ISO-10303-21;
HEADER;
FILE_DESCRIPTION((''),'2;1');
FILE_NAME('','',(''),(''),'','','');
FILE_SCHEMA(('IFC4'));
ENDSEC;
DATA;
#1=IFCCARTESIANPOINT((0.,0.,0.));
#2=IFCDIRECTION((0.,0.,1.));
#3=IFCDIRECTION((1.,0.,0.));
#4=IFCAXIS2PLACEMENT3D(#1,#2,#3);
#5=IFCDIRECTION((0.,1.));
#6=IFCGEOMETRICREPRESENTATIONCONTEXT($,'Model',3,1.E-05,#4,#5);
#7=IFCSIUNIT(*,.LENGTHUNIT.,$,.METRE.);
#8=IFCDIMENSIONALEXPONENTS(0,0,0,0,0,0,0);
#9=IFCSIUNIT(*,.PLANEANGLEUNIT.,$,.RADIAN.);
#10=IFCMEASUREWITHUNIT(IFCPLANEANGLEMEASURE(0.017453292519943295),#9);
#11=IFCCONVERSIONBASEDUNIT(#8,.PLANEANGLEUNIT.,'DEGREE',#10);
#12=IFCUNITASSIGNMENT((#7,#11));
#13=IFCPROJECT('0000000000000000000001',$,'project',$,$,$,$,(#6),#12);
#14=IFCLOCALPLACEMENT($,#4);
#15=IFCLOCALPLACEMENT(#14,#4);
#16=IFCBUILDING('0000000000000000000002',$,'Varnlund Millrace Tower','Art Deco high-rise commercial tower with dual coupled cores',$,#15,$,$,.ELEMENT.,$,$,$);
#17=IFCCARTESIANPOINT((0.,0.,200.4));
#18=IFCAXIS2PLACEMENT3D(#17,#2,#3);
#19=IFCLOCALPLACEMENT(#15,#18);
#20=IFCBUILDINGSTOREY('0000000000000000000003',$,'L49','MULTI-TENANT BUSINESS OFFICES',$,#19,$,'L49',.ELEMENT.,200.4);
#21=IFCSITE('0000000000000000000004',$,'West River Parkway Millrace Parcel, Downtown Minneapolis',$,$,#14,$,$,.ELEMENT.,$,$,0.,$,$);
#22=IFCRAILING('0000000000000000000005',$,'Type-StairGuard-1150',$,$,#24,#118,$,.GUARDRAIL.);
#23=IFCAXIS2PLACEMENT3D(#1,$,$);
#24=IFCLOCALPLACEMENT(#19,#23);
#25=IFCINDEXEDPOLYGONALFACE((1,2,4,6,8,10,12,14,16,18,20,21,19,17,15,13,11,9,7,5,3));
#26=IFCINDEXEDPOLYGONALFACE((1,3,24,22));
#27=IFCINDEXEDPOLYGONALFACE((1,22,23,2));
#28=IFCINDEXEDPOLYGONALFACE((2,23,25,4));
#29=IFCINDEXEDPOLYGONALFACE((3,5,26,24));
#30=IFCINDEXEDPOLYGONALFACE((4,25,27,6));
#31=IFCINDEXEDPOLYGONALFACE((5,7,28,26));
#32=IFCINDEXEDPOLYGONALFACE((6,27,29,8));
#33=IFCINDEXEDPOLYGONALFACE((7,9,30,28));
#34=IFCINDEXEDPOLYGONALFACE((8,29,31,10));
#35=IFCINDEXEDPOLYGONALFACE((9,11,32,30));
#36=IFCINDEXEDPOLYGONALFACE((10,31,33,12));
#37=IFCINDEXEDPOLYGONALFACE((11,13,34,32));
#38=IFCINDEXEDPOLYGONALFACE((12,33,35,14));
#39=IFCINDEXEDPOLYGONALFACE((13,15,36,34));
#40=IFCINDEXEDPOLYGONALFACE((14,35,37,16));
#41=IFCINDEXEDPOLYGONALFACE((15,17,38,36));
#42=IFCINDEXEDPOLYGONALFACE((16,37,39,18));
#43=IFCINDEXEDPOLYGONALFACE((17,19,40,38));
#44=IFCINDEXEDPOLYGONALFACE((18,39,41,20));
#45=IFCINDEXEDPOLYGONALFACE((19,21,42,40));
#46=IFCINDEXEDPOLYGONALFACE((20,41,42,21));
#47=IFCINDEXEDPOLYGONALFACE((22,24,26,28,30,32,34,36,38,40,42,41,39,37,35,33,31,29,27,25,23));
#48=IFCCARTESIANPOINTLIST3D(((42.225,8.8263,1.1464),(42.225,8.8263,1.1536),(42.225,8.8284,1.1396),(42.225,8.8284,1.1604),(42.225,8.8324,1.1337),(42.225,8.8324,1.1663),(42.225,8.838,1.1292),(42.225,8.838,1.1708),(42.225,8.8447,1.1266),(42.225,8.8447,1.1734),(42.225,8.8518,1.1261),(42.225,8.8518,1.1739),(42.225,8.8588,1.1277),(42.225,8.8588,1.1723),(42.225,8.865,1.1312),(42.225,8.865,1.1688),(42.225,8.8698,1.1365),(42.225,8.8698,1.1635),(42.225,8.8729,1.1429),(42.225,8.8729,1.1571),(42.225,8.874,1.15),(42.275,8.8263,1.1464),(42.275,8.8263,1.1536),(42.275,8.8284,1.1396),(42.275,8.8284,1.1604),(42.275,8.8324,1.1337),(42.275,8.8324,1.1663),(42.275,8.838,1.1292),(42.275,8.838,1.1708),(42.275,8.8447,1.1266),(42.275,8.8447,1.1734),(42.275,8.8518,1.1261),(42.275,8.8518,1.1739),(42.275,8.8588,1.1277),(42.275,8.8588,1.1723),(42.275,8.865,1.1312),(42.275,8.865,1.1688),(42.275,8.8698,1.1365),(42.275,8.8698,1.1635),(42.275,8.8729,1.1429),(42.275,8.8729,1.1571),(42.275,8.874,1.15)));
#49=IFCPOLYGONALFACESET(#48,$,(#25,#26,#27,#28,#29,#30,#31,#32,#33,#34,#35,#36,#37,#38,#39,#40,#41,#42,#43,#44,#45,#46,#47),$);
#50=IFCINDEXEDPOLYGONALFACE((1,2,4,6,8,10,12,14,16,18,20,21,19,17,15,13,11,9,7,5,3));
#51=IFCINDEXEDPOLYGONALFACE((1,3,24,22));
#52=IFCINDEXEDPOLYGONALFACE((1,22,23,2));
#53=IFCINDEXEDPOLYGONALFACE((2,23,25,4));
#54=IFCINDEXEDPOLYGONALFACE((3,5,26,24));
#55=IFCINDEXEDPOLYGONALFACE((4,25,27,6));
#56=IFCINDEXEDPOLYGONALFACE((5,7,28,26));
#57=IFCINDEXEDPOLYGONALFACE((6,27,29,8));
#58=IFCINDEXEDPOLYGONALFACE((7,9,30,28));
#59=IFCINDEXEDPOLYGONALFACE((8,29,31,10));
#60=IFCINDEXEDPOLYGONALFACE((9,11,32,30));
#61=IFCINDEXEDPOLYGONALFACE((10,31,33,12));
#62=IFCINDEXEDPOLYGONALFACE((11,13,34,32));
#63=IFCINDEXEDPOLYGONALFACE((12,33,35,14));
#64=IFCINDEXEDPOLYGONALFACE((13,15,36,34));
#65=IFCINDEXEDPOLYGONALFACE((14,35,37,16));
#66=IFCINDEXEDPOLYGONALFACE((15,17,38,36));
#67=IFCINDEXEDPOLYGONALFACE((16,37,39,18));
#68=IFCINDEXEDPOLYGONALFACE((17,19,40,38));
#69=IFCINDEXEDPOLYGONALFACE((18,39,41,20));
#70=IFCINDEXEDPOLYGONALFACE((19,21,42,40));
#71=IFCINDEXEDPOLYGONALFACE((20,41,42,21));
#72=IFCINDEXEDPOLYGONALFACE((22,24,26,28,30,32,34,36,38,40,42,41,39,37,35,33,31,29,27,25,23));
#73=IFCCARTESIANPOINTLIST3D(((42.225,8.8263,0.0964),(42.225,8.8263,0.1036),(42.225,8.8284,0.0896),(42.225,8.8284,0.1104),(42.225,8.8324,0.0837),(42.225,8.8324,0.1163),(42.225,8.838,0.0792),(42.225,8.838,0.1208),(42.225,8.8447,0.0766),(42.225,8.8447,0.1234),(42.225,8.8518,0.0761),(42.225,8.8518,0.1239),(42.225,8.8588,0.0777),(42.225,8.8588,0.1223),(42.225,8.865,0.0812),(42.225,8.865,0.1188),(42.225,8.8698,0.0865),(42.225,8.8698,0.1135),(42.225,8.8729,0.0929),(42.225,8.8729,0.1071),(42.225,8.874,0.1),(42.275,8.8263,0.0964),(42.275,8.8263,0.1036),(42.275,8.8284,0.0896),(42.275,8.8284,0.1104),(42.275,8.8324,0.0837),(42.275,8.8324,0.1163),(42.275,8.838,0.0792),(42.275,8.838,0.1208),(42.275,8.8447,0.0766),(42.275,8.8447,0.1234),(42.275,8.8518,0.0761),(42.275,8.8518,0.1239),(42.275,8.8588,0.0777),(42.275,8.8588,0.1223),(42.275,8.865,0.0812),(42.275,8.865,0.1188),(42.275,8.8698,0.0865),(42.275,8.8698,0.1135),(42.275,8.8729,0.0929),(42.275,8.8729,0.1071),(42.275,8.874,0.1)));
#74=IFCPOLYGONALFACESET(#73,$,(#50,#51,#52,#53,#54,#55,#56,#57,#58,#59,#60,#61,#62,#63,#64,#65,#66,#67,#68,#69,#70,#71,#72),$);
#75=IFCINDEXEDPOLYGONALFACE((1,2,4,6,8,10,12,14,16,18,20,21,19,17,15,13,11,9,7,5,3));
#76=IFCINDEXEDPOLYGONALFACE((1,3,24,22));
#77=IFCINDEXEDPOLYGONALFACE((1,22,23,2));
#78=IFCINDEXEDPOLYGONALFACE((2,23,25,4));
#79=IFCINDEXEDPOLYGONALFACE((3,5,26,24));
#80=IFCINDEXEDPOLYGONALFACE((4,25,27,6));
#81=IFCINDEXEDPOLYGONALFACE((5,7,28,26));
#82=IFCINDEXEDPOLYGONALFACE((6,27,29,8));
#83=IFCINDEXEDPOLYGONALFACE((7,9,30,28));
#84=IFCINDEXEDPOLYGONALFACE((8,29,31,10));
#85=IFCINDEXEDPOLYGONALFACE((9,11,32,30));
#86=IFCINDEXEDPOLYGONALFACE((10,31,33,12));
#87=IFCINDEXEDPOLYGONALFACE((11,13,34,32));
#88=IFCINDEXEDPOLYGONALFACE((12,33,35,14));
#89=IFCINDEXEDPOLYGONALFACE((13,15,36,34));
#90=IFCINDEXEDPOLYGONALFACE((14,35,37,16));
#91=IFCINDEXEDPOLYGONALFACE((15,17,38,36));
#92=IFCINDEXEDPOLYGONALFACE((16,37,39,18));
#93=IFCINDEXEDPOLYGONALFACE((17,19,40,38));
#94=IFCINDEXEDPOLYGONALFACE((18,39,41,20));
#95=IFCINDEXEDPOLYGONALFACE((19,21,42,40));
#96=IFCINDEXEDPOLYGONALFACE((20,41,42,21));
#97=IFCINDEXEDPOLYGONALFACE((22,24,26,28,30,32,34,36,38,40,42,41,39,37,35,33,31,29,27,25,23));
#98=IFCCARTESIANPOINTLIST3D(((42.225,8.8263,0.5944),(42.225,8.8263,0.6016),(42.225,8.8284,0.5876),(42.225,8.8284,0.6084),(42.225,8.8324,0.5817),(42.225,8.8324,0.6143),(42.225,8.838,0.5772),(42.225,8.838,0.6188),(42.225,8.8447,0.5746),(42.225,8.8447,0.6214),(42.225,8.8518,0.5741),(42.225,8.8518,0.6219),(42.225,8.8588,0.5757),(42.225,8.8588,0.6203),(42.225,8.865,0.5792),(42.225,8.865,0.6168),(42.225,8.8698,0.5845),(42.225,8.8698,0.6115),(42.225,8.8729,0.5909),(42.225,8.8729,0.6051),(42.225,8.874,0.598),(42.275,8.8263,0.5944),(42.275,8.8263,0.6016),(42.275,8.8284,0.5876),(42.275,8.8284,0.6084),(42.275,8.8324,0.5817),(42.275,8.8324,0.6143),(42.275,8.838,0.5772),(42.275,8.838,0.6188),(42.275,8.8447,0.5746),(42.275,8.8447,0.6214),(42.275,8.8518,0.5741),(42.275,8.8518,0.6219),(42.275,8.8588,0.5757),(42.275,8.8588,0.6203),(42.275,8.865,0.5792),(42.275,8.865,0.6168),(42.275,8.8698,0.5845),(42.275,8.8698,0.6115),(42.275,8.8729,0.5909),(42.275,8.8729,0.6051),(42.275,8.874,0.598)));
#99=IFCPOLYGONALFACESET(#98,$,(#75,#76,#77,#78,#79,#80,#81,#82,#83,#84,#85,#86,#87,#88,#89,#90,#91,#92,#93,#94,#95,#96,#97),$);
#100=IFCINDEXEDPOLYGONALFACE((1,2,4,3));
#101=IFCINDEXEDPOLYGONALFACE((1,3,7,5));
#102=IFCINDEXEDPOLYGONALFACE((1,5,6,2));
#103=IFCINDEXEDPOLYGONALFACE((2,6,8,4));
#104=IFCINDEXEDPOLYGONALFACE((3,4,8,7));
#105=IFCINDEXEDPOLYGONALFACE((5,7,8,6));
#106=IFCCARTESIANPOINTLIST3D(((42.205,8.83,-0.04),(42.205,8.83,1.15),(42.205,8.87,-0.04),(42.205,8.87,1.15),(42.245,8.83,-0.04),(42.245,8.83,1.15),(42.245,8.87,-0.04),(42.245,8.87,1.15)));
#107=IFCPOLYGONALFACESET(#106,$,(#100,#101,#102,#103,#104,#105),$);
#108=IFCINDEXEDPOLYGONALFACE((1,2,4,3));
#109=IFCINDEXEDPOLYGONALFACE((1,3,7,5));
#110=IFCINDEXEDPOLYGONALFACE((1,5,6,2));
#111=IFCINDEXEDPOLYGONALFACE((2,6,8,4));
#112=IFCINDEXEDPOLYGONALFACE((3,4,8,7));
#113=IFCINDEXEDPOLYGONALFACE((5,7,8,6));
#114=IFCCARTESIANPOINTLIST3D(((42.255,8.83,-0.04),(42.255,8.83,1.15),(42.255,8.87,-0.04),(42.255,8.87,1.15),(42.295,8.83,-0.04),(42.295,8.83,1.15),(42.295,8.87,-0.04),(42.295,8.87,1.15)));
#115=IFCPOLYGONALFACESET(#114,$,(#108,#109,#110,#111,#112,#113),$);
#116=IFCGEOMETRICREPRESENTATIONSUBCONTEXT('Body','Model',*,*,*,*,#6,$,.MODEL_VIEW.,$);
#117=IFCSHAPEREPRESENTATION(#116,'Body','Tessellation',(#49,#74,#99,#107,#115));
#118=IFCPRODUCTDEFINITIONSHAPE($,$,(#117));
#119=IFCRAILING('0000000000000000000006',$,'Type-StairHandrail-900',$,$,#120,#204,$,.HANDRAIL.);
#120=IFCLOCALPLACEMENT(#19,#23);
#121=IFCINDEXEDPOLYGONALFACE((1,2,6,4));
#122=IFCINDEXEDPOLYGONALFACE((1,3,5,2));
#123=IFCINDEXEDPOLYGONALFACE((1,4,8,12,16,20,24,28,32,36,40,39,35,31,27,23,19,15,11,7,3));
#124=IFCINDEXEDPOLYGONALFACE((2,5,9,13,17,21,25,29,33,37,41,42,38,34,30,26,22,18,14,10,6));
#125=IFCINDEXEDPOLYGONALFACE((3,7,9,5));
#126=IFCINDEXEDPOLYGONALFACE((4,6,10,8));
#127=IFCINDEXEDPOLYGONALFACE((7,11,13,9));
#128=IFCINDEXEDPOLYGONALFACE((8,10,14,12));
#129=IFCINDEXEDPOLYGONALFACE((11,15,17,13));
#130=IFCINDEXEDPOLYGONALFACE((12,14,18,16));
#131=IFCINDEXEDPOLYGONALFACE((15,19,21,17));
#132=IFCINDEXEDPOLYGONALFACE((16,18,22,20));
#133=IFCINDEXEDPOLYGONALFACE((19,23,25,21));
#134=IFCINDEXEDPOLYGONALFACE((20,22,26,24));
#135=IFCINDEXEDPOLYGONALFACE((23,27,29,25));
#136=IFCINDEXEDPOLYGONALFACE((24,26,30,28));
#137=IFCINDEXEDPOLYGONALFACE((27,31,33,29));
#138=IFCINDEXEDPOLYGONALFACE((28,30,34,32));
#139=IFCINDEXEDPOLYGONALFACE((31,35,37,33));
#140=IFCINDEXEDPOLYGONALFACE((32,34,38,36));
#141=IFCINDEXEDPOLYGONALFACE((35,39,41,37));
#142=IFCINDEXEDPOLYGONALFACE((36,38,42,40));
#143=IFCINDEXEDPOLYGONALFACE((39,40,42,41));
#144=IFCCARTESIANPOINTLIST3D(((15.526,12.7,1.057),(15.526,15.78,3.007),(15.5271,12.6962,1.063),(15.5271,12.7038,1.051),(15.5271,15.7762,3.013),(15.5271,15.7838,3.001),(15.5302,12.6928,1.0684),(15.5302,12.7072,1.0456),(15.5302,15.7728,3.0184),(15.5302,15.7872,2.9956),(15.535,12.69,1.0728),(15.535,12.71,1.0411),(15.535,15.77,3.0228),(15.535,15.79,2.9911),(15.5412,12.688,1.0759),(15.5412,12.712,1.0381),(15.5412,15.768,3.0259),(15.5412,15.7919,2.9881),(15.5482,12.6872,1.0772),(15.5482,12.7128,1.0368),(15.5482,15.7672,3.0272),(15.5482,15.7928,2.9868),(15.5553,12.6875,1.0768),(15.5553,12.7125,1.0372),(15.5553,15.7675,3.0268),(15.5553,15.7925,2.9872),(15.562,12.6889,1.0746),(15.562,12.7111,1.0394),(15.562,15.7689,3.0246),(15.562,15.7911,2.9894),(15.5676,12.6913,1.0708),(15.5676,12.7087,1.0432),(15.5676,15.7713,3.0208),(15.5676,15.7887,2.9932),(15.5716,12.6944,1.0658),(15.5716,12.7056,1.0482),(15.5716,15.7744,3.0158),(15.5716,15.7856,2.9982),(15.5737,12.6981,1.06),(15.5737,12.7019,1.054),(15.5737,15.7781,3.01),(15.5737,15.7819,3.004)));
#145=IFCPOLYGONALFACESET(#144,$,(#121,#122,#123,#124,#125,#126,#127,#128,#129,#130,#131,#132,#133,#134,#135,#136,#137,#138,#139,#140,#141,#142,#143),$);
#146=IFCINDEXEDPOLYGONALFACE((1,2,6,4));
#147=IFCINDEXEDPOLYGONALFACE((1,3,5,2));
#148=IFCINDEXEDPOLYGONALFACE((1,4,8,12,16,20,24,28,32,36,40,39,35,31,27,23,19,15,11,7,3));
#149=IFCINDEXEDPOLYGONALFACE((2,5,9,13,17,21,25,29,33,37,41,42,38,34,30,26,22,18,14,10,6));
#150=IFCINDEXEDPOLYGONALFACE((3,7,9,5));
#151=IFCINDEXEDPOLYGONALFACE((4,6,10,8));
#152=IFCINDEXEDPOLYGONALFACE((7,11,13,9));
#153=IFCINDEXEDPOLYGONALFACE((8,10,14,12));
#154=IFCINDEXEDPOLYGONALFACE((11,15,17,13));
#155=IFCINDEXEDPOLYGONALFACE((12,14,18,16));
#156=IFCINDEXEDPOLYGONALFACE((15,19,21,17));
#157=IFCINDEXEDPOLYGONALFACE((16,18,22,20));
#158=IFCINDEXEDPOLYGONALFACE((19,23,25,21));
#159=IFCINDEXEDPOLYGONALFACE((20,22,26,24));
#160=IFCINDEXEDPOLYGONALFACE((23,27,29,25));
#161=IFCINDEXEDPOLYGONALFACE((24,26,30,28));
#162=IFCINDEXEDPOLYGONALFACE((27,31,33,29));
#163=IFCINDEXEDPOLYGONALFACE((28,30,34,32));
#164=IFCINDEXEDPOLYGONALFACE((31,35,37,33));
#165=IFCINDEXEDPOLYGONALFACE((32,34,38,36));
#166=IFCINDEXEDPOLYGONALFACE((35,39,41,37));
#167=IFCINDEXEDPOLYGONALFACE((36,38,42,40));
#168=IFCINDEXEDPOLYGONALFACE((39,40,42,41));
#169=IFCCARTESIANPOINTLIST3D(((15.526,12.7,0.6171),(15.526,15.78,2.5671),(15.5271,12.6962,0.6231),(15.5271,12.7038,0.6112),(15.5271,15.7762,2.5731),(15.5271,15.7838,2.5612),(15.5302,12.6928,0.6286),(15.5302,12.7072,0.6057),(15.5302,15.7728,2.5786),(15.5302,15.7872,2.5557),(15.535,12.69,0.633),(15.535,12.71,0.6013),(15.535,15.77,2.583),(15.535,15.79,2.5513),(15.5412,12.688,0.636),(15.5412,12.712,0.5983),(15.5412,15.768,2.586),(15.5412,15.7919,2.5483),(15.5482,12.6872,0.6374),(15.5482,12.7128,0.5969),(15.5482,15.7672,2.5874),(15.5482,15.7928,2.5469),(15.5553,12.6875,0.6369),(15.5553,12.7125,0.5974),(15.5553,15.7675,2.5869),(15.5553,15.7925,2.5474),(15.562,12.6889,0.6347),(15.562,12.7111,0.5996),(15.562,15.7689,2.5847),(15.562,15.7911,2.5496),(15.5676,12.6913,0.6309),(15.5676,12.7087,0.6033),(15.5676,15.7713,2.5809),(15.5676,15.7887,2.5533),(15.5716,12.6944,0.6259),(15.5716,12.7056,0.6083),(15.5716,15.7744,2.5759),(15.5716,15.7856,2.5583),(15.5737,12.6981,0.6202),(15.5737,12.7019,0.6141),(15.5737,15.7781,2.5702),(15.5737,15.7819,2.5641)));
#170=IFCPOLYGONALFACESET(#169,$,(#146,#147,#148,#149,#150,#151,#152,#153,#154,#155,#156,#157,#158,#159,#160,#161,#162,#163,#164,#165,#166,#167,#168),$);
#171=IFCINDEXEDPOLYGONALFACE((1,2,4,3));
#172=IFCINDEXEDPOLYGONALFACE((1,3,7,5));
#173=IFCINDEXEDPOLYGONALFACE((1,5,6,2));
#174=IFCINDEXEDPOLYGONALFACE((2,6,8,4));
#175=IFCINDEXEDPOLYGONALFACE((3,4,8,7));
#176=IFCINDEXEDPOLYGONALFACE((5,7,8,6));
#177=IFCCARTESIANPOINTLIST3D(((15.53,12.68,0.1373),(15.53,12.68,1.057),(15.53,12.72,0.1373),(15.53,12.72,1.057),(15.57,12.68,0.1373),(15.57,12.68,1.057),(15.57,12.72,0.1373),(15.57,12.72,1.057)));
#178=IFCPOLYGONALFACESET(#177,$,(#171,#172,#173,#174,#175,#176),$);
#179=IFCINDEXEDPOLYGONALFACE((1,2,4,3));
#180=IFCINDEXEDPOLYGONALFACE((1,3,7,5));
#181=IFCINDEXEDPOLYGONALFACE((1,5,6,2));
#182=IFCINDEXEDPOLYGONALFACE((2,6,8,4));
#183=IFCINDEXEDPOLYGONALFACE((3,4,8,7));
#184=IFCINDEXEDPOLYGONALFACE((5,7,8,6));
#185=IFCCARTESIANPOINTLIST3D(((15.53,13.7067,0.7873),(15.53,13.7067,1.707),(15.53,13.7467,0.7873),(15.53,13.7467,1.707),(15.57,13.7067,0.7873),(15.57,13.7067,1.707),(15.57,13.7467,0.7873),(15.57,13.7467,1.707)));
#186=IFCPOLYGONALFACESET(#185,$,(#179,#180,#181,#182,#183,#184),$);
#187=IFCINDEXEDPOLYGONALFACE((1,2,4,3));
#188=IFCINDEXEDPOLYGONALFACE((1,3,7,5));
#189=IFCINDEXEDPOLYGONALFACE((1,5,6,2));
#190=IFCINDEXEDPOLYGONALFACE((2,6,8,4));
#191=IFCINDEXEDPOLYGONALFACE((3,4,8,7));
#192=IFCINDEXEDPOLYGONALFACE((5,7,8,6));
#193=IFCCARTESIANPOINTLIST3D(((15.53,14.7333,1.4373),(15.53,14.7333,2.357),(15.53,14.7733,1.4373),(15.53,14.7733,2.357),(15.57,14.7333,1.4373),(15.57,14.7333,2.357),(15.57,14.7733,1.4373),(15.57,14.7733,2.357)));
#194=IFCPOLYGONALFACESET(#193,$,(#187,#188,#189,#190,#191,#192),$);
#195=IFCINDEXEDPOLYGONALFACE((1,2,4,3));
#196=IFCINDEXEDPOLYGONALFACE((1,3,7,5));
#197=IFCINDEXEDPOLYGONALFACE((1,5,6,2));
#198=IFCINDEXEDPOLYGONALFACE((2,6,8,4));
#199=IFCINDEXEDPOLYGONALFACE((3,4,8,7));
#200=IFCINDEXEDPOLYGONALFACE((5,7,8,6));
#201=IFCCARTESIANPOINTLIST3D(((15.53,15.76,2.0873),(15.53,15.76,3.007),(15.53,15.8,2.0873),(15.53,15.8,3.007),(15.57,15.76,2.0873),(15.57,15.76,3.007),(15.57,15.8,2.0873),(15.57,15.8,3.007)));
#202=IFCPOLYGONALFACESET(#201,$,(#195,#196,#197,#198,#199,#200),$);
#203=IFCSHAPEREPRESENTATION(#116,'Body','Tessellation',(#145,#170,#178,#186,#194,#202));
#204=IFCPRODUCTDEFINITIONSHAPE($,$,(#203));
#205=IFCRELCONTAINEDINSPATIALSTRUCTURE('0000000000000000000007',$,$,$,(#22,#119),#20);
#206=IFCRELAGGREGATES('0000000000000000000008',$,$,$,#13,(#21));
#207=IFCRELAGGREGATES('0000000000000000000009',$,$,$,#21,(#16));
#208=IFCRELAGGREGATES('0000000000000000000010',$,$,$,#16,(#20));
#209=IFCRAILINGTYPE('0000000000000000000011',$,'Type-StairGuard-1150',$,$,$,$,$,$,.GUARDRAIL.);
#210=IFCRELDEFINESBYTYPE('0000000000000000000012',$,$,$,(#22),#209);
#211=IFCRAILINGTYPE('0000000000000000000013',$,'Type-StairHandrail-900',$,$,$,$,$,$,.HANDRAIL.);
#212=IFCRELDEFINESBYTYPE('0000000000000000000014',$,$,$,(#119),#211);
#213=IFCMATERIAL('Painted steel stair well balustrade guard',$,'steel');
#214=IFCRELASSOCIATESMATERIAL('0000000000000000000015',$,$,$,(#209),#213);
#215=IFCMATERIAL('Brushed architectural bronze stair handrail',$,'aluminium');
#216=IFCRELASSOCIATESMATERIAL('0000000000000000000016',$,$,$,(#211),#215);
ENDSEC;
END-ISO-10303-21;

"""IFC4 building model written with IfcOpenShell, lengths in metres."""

from ifc_helpers import new_model, entity, si_unit, converted_unit, direction, frame, origin_with_axes, origin_2d_with_axis, place, context, subcontext, project, spatial, rectangle, circle, extrude, material, type_object, element, save


model = new_model("IFC4")

# Units and contexts
model_context = context("Model", 3, precision=1e-05, world=origin_with_axes(), true_north=direction((0.0, 1.0)))
body_context = subcontext(model_context, "Body", "Model", "MODEL_VIEW")
ifc_project = project(units=[si_unit("LENGTHUNIT", "METRE"), converted_unit("PLANEANGLEUNIT", "DEGREE", entity("IfcPlaneAngleMeasure", 0.017453292519943295), si_unit("PLANEANGLEUNIT", "RADIAN"), dimensions=[0, 0, 0, 0, 0, 0, 0])], contexts=[model_context])

# Site, building, storey
site_placement = place(None, origin_with_axes())
site = spatial("IfcSite", under=ifc_project, at=site_placement, Name="West River Parkway Millrace Parcel, Downtown Minneapolis", CompositionType="ELEMENT", RefElevation=0.0)
building_placement = place(site_placement, origin_with_axes())
building = spatial("IfcBuilding", under=site, at=building_placement, Name="Varnlund Millrace Tower", Description="Art Deco high-rise commercial tower with dual coupled cores", CompositionType="ELEMENT")
storey_placement = place(building_placement, frame((0.0, 0.0, 200.4), z_axis=(0.0, 0.0, 1.0), x_axis=(1.0, 0.0, 0.0)))
storey = spatial("IfcBuildingStorey", under=building, at=storey_placement, Name="L49", Description="MULTI-TENANT BUSINESS OFFICES", LongName="L49", CompositionType="ELEMENT", Elevation=200.4)

# Railings
ifc_material_1 = material(Name="Painted steel stair well balustrade guard", Category="steel")
railing_type_1 = type_object("IfcRailingType", Name="Type-StairGuard-1150", PredefinedType="GUARDRAIL", material=ifc_material_1)
railing_1_placement = place(storey_placement, frame((0.0, 0.0, -200.4), z_axis=(0.0, 0.0, 1.0), x_axis=(1.0, 0.0, 0.0)))
element("IfcRailing", 1, at=railing_1_placement, inside=storey, type_object=railing_type_1, Name="Type-StairGuard-1150", PredefinedType="GUARDRAIL", context=body_context, shape_type="SweptSolid", body=[
    extrude(circle(Radius=0.024, at=origin_2d_with_axis()), frame((42.225, 8.85, 201.55), z_axis=(1.0, 0.0, 0.0), x_axis=(0.0, 1.0, 0.0)), (0.0, 0.0, 1.0), 0.05),
    extrude(circle(Radius=0.024, at=origin_2d_with_axis()), frame((42.225, 8.85, 200.5), z_axis=(1.0, 0.0, 0.0), x_axis=(0.0, 1.0, 0.0)), (0.0, 0.0, 1.0), 0.05),
    extrude(circle(Radius=0.024, at=origin_2d_with_axis()), frame((42.225, 8.85, 200.998), z_axis=(1.0, 0.0, 0.0), x_axis=(0.0, 1.0, 0.0)), (0.0, 0.0, 1.0), 0.05),
    extrude(rectangle(XDim=0.04, YDim=0.04, at=origin_2d_with_axis()), frame((42.225, 8.85, 200.36), z_axis=(0.0, 0.0, 1.0), x_axis=(1.0, 0.0, 0.0)), (0.0, 0.0, 1.0), 1.19),
    extrude(rectangle(XDim=0.04, YDim=0.04, at=origin_2d_with_axis()), frame((42.275, 8.85, 200.36), z_axis=(0.0, 0.0, 1.0), x_axis=(1.0, 0.0, 0.0)), (0.0, 0.0, 1.0), 1.19),
])
ifc_material_2 = material(Name="Brushed architectural bronze stair handrail", Category="aluminium")
railing_type_2 = type_object("IfcRailingType", Name="Type-StairHandrail-900", PredefinedType="HANDRAIL", material=ifc_material_2)
railing_2_placement = place(storey_placement, frame((0.0, 0.0, -200.4), z_axis=(0.0, 0.0, 1.0), x_axis=(1.0, 0.0, 0.0)))
element("IfcRailing", 2, at=railing_2_placement, inside=storey, type_object=railing_type_2, Name="Type-StairHandrail-900", PredefinedType="HANDRAIL", context=body_context, shape_type="SweptSolid", body=[
    extrude(circle(Radius=0.024, at=origin_2d_with_axis()), frame((15.55, 12.7, 201.457), z_axis=(0.0, 0.844902, 0.534922), x_axis=(-1.0, 0.0, 0.0)), (0.0, 0.0, 1.0), 3.6454),
    extrude(circle(Radius=0.024, at=origin_2d_with_axis()), frame((15.55, 12.7, 201.0171), z_axis=(0.0, 0.844902, 0.534922), x_axis=(-1.0, 0.0, 0.0)), (0.0, 0.0, 1.0), 3.6454),
    extrude(rectangle(XDim=0.04, YDim=0.04, at=origin_2d_with_axis()), frame((15.55, 12.7, 200.5373), z_axis=(0.0, 0.0, 1.0), x_axis=(1.0, 0.0, 0.0)), (0.0, 0.0, 1.0), 0.9197),
    extrude(rectangle(XDim=0.04, YDim=0.04, at=origin_2d_with_axis()), frame((15.55, 13.7267, 201.1873), z_axis=(0.0, 0.0, 1.0), x_axis=(1.0, 0.0, 0.0)), (0.0, 0.0, 1.0), 0.9197),
    extrude(rectangle(XDim=0.04, YDim=0.04, at=origin_2d_with_axis()), frame((15.55, 14.7533, 201.8373), z_axis=(0.0, 0.0, 1.0), x_axis=(1.0, 0.0, 0.0)), (0.0, 0.0, 1.0), 0.9197),
    extrude(rectangle(XDim=0.04, YDim=0.04, at=origin_2d_with_axis()), frame((15.55, 15.78, 202.4873), z_axis=(0.0, 0.0, 1.0), x_axis=(1.0, 0.0, 0.0)), (0.0, 0.0, 1.0), 0.9197),
])

save(model, "model.ifc")
